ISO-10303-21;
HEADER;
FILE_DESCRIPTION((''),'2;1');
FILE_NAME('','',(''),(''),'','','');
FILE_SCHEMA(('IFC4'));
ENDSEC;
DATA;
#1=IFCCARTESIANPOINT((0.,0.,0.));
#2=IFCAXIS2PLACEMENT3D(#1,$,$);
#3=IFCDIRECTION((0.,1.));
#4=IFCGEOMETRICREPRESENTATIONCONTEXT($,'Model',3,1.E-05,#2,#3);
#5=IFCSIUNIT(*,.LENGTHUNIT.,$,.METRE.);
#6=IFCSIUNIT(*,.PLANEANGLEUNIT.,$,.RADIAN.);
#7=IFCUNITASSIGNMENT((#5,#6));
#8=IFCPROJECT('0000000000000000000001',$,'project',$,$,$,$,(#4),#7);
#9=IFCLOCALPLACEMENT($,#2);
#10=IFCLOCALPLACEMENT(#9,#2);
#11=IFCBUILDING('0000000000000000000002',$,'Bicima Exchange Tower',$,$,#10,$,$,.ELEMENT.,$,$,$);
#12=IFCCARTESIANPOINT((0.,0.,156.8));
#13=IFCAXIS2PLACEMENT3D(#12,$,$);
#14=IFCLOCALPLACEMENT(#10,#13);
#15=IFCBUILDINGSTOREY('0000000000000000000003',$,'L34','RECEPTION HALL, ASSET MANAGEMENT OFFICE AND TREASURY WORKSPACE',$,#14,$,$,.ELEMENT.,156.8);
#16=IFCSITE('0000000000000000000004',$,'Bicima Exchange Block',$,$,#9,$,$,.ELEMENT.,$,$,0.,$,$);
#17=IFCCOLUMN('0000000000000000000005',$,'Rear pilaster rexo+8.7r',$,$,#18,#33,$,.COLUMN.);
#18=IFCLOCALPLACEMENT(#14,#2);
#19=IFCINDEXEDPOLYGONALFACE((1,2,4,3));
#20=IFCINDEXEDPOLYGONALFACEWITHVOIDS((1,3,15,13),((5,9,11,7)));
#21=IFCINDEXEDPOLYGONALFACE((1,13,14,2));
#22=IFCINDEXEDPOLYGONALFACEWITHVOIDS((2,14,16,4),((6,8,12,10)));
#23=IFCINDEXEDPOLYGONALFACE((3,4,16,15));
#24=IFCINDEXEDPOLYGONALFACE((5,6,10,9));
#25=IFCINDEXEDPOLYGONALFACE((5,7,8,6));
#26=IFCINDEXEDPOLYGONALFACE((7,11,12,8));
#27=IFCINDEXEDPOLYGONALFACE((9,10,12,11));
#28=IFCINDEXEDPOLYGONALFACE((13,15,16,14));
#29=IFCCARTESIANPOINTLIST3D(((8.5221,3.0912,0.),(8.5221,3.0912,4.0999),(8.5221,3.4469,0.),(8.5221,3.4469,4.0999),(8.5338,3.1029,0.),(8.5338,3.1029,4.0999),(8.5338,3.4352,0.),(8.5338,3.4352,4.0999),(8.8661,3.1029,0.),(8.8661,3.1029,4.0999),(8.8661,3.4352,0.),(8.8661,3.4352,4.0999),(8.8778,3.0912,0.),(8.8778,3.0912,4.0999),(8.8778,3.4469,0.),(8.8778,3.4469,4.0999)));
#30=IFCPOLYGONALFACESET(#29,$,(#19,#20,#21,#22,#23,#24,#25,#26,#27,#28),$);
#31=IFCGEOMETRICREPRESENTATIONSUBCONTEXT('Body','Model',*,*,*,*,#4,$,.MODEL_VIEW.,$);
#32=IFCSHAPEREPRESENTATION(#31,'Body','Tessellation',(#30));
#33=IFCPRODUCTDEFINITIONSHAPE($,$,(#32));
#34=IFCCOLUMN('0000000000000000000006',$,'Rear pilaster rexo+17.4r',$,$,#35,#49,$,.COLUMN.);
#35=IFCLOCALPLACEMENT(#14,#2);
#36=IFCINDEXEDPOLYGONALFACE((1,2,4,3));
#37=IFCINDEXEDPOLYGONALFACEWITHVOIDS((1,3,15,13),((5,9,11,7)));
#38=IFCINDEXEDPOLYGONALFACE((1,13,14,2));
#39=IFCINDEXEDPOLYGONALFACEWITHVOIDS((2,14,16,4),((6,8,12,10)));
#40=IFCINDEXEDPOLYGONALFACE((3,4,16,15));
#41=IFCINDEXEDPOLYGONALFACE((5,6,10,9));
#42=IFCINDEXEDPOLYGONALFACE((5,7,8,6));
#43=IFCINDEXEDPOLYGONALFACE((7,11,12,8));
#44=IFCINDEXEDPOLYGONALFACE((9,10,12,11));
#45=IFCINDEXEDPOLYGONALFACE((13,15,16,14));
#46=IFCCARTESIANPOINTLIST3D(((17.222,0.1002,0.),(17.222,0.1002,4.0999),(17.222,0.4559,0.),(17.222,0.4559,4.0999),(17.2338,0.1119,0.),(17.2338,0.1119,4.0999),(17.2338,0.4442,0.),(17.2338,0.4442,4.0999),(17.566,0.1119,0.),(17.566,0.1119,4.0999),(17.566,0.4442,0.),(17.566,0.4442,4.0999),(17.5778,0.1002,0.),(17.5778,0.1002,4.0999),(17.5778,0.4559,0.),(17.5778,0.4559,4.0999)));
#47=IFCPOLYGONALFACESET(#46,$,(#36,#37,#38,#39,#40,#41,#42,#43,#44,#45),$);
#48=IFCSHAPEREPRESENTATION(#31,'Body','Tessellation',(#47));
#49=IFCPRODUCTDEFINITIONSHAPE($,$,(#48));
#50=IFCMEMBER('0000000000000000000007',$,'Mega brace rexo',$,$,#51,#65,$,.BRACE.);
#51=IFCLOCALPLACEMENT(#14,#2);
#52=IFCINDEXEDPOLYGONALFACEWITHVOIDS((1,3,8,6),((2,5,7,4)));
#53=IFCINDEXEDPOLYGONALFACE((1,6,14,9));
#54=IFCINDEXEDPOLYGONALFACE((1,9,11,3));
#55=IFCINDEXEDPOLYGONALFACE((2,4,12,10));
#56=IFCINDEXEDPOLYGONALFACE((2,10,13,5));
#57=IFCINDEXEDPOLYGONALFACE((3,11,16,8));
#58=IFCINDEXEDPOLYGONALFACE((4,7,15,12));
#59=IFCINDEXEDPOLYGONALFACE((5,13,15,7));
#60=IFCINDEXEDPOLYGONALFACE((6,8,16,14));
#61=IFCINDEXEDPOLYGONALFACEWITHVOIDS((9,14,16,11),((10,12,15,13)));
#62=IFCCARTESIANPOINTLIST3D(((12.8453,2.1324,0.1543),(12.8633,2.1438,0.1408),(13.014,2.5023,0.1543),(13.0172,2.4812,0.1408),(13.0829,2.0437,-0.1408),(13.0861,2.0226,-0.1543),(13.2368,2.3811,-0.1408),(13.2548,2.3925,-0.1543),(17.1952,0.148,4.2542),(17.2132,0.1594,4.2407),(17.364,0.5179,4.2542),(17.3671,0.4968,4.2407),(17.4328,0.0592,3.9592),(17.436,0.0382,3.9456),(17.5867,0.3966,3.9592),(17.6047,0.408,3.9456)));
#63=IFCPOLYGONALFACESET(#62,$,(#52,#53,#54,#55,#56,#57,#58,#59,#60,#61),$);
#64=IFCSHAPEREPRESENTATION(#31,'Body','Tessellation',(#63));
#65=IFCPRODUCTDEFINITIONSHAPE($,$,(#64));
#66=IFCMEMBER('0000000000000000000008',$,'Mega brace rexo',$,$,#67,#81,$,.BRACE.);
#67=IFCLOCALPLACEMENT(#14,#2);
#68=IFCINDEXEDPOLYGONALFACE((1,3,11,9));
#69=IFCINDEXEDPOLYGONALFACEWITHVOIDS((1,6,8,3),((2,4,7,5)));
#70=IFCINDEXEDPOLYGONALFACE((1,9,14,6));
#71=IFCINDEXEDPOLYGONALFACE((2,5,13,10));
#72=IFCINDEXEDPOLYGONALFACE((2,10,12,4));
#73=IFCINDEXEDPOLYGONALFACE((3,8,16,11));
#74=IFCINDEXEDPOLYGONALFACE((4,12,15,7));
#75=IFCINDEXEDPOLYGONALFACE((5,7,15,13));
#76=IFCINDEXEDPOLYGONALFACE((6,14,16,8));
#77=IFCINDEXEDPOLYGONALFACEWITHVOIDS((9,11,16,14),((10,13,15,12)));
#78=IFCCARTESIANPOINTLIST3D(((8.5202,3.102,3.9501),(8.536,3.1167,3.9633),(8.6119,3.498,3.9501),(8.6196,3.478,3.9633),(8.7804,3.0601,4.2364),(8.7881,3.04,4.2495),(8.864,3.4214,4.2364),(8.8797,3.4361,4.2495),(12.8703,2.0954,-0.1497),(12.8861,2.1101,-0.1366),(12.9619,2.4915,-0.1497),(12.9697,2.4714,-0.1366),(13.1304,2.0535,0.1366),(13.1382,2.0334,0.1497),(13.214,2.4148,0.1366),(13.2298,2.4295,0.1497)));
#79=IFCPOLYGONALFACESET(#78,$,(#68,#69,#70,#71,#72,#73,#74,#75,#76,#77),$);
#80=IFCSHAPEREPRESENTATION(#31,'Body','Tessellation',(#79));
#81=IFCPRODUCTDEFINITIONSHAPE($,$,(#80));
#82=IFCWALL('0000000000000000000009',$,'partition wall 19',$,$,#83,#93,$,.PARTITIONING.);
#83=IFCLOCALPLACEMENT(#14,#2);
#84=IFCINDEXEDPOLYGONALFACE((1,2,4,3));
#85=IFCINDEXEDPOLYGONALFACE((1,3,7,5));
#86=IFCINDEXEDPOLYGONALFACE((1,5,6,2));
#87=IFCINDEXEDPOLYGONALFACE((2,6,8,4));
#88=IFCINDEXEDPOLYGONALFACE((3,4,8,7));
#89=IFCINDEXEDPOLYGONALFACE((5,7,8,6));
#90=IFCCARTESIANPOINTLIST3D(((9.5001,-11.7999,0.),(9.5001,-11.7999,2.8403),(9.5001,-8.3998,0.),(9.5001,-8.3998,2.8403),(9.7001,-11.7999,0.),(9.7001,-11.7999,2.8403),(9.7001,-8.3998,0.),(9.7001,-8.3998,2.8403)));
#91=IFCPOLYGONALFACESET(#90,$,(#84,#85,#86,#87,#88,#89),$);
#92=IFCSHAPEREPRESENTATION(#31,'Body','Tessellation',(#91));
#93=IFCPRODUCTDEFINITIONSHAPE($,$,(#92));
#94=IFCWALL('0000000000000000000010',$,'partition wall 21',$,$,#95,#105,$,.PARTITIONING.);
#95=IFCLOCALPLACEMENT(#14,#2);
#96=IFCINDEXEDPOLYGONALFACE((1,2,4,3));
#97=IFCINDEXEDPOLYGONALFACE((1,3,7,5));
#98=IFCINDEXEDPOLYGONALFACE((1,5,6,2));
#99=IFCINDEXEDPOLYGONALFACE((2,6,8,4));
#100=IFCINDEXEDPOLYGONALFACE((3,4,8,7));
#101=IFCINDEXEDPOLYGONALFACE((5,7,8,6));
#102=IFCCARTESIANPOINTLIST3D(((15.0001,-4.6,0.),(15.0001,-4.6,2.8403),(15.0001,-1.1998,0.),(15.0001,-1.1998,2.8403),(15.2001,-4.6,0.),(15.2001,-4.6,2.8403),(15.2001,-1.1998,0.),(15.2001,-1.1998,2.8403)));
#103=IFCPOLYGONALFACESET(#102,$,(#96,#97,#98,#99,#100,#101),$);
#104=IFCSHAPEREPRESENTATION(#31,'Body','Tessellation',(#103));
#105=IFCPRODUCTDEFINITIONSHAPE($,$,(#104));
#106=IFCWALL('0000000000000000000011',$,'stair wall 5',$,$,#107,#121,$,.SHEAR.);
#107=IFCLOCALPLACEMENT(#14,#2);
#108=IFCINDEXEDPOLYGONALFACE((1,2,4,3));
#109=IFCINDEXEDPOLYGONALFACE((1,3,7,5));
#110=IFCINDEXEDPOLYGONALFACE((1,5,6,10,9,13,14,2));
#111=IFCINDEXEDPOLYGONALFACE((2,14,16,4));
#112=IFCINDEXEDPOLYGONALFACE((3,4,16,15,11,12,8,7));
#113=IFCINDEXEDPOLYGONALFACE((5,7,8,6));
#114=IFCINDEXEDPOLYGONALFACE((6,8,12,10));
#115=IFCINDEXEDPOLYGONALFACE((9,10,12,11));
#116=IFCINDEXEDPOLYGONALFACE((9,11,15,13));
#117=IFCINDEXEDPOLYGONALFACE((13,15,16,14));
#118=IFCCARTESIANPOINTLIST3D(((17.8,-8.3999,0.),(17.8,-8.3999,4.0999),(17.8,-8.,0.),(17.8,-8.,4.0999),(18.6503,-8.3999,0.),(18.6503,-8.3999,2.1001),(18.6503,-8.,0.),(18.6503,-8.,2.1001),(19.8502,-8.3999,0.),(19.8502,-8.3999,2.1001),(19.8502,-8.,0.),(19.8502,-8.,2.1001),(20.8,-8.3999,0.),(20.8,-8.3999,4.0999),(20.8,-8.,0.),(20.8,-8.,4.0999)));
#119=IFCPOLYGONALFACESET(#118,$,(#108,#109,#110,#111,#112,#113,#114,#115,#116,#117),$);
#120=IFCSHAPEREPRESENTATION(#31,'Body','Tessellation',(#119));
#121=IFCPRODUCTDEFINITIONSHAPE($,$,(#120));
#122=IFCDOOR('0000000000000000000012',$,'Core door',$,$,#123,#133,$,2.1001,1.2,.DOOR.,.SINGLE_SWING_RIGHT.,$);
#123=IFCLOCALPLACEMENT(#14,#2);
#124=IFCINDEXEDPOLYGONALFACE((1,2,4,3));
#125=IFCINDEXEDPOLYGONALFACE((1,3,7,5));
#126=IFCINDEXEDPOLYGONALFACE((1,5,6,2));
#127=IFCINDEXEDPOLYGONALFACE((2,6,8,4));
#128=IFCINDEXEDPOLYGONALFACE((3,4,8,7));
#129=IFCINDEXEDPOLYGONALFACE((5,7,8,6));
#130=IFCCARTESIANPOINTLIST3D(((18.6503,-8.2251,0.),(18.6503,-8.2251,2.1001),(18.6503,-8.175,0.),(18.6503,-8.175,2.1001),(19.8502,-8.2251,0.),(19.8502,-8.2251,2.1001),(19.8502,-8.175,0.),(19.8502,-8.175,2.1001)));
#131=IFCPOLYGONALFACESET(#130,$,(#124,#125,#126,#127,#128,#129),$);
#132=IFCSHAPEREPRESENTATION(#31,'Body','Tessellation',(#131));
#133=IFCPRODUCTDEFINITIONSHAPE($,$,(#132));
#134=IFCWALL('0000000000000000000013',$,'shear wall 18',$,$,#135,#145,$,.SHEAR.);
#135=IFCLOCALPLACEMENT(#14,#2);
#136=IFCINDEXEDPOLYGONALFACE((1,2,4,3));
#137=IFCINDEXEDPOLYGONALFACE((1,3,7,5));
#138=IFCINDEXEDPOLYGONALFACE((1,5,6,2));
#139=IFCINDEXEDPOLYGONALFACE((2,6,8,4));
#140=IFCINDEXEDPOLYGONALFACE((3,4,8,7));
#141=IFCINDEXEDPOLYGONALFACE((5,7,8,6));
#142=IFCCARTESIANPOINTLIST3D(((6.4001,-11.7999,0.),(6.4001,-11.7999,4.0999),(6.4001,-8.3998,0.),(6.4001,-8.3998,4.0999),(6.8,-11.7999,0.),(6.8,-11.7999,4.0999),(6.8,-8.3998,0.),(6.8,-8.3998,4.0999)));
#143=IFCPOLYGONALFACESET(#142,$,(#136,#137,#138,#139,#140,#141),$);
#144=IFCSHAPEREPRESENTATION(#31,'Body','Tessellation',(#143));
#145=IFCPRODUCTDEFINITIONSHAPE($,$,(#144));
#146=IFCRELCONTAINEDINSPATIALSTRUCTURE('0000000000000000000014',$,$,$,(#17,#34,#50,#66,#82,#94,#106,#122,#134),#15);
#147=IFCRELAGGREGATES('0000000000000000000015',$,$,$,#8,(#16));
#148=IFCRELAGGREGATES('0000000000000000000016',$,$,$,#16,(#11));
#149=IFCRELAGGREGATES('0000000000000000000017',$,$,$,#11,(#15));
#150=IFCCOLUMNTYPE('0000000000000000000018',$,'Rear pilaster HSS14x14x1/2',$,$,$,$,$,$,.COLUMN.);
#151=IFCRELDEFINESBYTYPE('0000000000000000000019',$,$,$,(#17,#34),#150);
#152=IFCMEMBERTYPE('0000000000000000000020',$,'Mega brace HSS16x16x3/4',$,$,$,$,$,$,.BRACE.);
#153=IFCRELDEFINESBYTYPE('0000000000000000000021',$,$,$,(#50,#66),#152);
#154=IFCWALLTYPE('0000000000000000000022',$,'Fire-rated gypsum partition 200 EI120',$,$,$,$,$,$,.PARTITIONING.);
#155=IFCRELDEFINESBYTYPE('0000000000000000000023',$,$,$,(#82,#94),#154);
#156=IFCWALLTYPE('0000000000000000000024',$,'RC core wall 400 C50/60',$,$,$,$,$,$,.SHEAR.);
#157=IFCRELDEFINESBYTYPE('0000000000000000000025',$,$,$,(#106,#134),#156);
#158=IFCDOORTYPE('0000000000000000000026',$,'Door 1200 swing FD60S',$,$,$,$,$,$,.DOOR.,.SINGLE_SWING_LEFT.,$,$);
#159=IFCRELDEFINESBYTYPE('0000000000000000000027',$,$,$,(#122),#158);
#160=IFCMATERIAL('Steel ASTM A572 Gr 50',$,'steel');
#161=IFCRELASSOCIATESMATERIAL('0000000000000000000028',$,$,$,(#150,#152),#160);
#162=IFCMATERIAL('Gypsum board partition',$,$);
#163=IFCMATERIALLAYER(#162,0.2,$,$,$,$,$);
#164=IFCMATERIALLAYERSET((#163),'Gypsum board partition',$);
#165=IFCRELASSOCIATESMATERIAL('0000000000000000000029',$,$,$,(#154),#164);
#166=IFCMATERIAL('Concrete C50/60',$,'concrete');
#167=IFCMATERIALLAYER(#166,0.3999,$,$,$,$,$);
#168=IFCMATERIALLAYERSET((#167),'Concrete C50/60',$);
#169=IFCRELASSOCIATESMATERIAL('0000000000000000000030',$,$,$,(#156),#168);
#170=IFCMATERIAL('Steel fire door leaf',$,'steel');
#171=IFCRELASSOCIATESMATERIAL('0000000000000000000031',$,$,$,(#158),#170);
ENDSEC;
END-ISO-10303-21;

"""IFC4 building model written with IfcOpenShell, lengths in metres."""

from ifc_helpers import new_model, si_unit, direction, frame, frame_2d, origin, origin_2d, place, context, subcontext, project, spatial, rectangle, hollow_rectangle, extrude, material, layer, layer_set, material_profile, profile_set, type_object, element, fill, save


model = new_model("IFC4")

# Units and contexts
model_context = context("Model", 3, precision=1e-05, world=origin(), true_north=direction((0.0, 1.0)))
body_context = subcontext(model_context, "Body", "Model", "MODEL_VIEW")
ifc_project = project(units=[si_unit("LENGTHUNIT", "METRE"), si_unit("PLANEANGLEUNIT", "RADIAN")], contexts=[model_context])

# Site, building, storey
site_placement = place(None, origin())
site = spatial("IfcSite", under=ifc_project, at=site_placement, Name="Bicima Exchange Block", CompositionType="ELEMENT", RefElevation=0.0)
building_placement = place(site_placement, origin())
building = spatial("IfcBuilding", under=site, at=building_placement, Name="Bicima Exchange Tower", CompositionType="ELEMENT")
storey_placement = place(building_placement, frame((0.0, 0.0, 156.8)))
storey = spatial("IfcBuildingStorey", under=building, at=storey_placement, Name="L34", Description="RECEPTION HALL, ASSET MANAGEMENT OFFICE AND TREASURY WORKSPACE", CompositionType="ELEMENT", Elevation=156.8)

# Columns
ifc_material_1 = material(Name="Steel ASTM A572 Gr 50", Category="steel")
ifc_material_profile_1 = material_profile(ifc_material_1, hollow_rectangle(XDim=0.3557, YDim=0.3557, WallThickness=0.0117, at=origin_2d()))
ifc_profile_set_1 = profile_set([ifc_material_profile_1], Name="Steel ASTM A572 Gr 50")
column_type = type_object("IfcColumnType", Name="Rear pilaster HSS14x14x1/2", PredefinedType="COLUMN", material=ifc_profile_set_1)
for number, where, z_axis, x_axis, name in (
    (1, (8.7, 3.269, 0.0), (0.0, 0.0, 1.0), (1.0, 0.0, 0.0), "Rear pilaster rexo+8.7r"),
    (2, (17.3999, 0.2781, 0.0), (0.0, 0.0, 1.0), (1.0, 0.0, 0.0), "Rear pilaster rexo+17.4r"),
):
    element("IfcColumn", number, at=place(storey_placement, frame(where, z_axis=z_axis, x_axis=x_axis)), inside=storey, type_object=column_type, Name=name, PredefinedType="COLUMN", context=body_context, shape_type="SweptSolid", body=[
        extrude(hollow_rectangle(XDim=0.3557, YDim=0.3557, WallThickness=0.0117, at=origin_2d()), origin(), (0.0, 0.0, 1.0), 4.0999),
    ])

# Members
ifc_material_profile_2 = material_profile(ifc_material_1, hollow_rectangle(XDim=0.4065, YDim=0.4065, WallThickness=0.0178, at=origin_2d()))
ifc_profile_set_2 = profile_set([ifc_material_profile_2], Name="Steel ASTM A572 Gr 50")
member_type = type_object("IfcMemberType", Name="Mega brace HSS16x16x3/4", PredefinedType="BRACE", material=ifc_profile_set_2)
member_1_placement = place(storey_placement, frame((13.05, 2.2625, 0.0), z_axis=(0.690646, -0.315068, 0.650953), x_axis=(0.415045, 0.909801, 0.0)))
element("IfcMember", 3, at=member_1_placement, inside=storey, type_object=member_type, Name="Mega brace rexo", PredefinedType="BRACE", context=body_context, shape_type="SweptSolid", body=[
    extrude(hollow_rectangle(XDim=0.4065, YDim=0.4065, WallThickness=0.0178, at=origin_2d()), origin(), (0.0, 0.0, 1.0), 6.2983),
])
member_2_placement = place(storey_placement, frame((13.05, 2.2625, 0.0), z_axis=(-0.717625, 0.166055, 0.676343), x_axis=(-0.225439, -0.974257, 0.0)))
element("IfcMember", 4, at=member_2_placement, inside=storey, type_object=member_type, Name="Mega brace rexo", PredefinedType="BRACE", context=body_context, shape_type="SweptSolid", body=[
    extrude(hollow_rectangle(XDim=0.4065, YDim=0.4065, WallThickness=0.0178, at=origin_2d()), origin(), (0.0, 0.0, 1.0), 6.0618),
])

# Walls
ifc_material_2 = material(Name="Gypsum board partition")
ifc_layer_1 = layer(ifc_material_2, 0.2)
ifc_layer_set_1 = layer_set([ifc_layer_1], Name="Gypsum board partition")
wall_type_1 = type_object("IfcWallType", Name="Fire-rated gypsum partition 200 EI120", PredefinedType="PARTITIONING", material=ifc_layer_set_1)
for number, where, z_axis, x_axis, name in (
    (5, (9.6001, -11.8, 0.0), (0.0, 0.0, 1.0), (0.0, 1.0, 0.0), "partition wall 19"),
    (6, (15.1001, -4.6001, 0.0), (0.0, 0.0, 1.0), (0.0, 1.0, 0.0), "partition wall 21"),
):
    element("IfcWall", number, at=place(storey_placement, frame(where, z_axis=z_axis, x_axis=x_axis)), inside=storey, type_object=wall_type_1, Name=name, PredefinedType="PARTITIONING", context=body_context, shape_type="SweptSolid", body=[
        extrude(rectangle(XDim=3.4001, YDim=0.2, at=frame_2d((1.7002, 0.0))), origin(), (0.0, 0.0, 1.0), 2.8403),
    ])

# Wall, opening, door
ifc_material_3 = material(Name="Concrete C50/60", Category="concrete")
ifc_layer_2 = layer(ifc_material_3, 0.3999)
ifc_layer_set_2 = layer_set([ifc_layer_2], Name="Concrete C50/60")
wall_type_2 = type_object("IfcWallType", Name="RC core wall 400 C50/60", PredefinedType="SHEAR", material=ifc_layer_set_2)
wall_1_placement = place(storey_placement, frame((17.8, -8.2, 0.0), z_axis=(0.0, 0.0, 1.0), x_axis=(1.0, 0.0, 0.0)))
wall_1 = element("IfcWall", 7, at=wall_1_placement, inside=storey, type_object=wall_type_2, Name="stair wall 5", PredefinedType="SHEAR", context=body_context, shape_type="SweptSolid", body=[
    extrude(rectangle(XDim=3.0, YDim=0.3999, at=frame_2d((1.5, 0.0))), origin(), (0.0, 0.0, 1.0), 4.0999),
])
opening_1_placement = place(wall_1_placement, frame((0.8501, 0.0, 0.0)))
opening_1 = element("IfcOpeningElement", 8, at=opening_1_placement, cuts=wall_1, PredefinedType="OPENING", context=body_context, shape_type="SweptSolid", body=[
    extrude(rectangle(XDim=1.2, YDim=2.1001, at=frame_2d((0.6001, 1.05))), frame((0.0, 0.2119, 0.0), z_axis=(0.0, -1.0, 0.0), x_axis=(1.0, 0.0, 0.0)), (0.0, 0.0, 1.0), 0.4238),
])
ifc_material_4 = material(Name="Steel fire door leaf", Category="steel")
door_type_1 = type_object("IfcDoorType", Name="Door 1200 swing FD60S", OperationType="SINGLE_SWING_LEFT", PredefinedType="DOOR", material=ifc_material_4)
door_1_placement = place(opening_1_placement, origin())
door_1 = element("IfcDoor", 9, at=door_1_placement, inside=storey, type_object=door_type_1, Name="Core door", OperationType="SINGLE_SWING_RIGHT", OverallHeight=2.1001, OverallWidth=1.2, PredefinedType="DOOR", context=body_context, shape_type="SweptSolid", body=[
    extrude(rectangle(XDim=1.2, YDim=2.1001, at=frame_2d((0.6001, 1.05))), frame((0.0, 0.0249, 0.0), z_axis=(0.0, -1.0, 0.0), x_axis=(1.0, 0.0, 0.0)), (0.0, 0.0, 1.0), 0.05),
])
fill(opening_1, door_1)

# Wall
wall_2_placement = place(storey_placement, frame((6.6001, -11.8, 0.0), z_axis=(0.0, 0.0, 1.0), x_axis=(0.0, 1.0, 0.0)))
element("IfcWall", 10, at=wall_2_placement, inside=storey, type_object=wall_type_2, Name="shear wall 18", PredefinedType="SHEAR", context=body_context, shape_type="SweptSolid", body=[
    extrude(rectangle(XDim=3.4001, YDim=0.3999, at=frame_2d((1.7002, 0.0))), origin(), (0.0, 0.0, 1.0), 4.0999),
])

save(model, "model.ifc")
